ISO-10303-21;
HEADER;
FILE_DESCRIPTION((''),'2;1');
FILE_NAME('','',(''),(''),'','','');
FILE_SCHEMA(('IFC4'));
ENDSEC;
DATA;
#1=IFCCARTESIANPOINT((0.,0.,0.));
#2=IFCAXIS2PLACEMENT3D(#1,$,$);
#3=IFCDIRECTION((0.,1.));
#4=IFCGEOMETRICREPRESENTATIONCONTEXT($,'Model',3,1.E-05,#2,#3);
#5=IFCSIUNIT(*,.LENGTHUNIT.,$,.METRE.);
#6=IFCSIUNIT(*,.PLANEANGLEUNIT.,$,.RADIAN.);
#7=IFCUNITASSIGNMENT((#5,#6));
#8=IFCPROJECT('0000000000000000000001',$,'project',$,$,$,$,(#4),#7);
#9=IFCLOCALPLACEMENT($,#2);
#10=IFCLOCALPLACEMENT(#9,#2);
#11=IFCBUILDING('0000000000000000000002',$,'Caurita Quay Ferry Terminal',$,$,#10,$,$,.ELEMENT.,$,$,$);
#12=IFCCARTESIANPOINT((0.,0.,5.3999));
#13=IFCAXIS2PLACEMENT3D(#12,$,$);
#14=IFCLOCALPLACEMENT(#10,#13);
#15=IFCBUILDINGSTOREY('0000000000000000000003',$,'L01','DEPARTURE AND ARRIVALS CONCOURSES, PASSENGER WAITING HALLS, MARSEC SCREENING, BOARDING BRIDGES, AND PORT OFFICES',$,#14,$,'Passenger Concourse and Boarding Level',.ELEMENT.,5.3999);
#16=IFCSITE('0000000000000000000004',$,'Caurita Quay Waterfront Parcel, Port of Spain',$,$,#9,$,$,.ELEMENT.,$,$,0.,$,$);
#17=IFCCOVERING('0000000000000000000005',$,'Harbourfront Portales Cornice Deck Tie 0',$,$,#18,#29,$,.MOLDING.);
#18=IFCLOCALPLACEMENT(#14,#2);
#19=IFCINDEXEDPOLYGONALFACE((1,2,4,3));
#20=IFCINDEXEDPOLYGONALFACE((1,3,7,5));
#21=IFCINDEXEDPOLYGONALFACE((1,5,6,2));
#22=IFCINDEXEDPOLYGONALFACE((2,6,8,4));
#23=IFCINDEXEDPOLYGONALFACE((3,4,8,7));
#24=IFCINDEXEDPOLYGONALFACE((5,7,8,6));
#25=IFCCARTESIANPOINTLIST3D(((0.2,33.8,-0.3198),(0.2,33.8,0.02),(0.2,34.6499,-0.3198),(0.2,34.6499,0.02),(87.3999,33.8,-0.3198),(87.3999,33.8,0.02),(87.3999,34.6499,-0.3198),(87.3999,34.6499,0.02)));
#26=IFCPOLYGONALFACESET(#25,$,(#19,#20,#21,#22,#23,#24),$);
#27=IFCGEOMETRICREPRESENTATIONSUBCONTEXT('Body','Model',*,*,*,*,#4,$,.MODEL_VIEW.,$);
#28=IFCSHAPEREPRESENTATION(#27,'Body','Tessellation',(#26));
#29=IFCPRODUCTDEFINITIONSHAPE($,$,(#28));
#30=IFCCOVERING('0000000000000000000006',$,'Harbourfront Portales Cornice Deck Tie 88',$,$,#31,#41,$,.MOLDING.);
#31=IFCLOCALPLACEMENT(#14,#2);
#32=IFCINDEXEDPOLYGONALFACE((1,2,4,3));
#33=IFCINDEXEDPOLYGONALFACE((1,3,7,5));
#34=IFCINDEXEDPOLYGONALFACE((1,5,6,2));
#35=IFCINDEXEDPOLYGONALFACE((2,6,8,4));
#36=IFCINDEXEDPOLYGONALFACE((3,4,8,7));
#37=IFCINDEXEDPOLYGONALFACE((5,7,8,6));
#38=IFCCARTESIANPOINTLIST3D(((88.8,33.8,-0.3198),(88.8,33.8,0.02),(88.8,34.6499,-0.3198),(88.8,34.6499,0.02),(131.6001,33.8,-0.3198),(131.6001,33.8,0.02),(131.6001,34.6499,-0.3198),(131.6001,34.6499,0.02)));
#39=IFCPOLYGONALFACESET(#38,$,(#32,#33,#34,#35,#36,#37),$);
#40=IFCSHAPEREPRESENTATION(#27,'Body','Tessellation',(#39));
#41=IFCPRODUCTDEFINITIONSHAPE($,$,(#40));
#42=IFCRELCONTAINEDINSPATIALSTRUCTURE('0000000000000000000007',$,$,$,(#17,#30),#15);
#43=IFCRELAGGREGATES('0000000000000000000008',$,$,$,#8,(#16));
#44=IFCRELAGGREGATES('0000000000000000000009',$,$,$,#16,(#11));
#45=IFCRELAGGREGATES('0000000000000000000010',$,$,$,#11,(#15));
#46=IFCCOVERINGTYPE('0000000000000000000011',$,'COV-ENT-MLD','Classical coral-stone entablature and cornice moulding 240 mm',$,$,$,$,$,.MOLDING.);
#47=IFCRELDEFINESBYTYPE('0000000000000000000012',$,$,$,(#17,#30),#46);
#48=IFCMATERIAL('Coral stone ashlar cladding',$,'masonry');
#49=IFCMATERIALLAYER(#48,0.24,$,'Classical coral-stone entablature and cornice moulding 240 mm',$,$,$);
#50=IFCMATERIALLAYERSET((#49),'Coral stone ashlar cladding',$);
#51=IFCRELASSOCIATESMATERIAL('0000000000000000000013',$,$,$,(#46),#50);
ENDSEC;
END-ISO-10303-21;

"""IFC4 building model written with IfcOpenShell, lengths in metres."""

from ifc_helpers import new_model, si_unit, direction, frame, origin, place, context, subcontext, project, spatial, polyline, outline, extrude, material, layer, layer_set, type_object, element, save


model = new_model("IFC4")

# Units and contexts
model_context = context("Model", 3, precision=1e-05, world=origin(), true_north=direction((0.0, 1.0)))
body_context = subcontext(model_context, "Body", "Model", "MODEL_VIEW")
ifc_project = project(units=[si_unit("LENGTHUNIT", "METRE"), si_unit("PLANEANGLEUNIT", "RADIAN")], contexts=[model_context])

# Site, building, storey
site_placement = place(None, origin())
site = spatial("IfcSite", under=ifc_project, at=site_placement, Name="Caurita Quay Waterfront Parcel, Port of Spain", CompositionType="ELEMENT", RefElevation=0.0)
building_placement = place(site_placement, origin())
building = spatial("IfcBuilding", under=site, at=building_placement, Name="Caurita Quay Ferry Terminal", CompositionType="ELEMENT")
storey_placement = place(building_placement, frame((0.0, 0.0, 5.3999)))
storey = spatial("IfcBuildingStorey", under=building, at=storey_placement, Name="L01", Description="DEPARTURE AND ARRIVALS CONCOURSES, PASSENGER WAITING HALLS, MARSEC SCREENING, BOARDING BRIDGES, AND PORT OFFICES", LongName="Passenger Concourse and Boarding Level", CompositionType="ELEMENT", Elevation=5.3999)

# Coverings
ifc_material_1 = material(Name="Coral stone ashlar cladding", Category="masonry")
ifc_layer_1 = layer(ifc_material_1, 0.24, Name="Classical coral-stone entablature and cornice moulding 240 mm")
ifc_layer_set_1 = layer_set([ifc_layer_1], Name="Coral stone ashlar cladding")
covering_type = type_object("IfcCoveringType", Name="COV-ENT-MLD", Description="Classical coral-stone entablature and cornice moulding 240 mm", PredefinedType="MOLDING", material=ifc_layer_set_1)
covering_1_placement = place(storey_placement, frame((0.0, 0.0, -0.3198)))
element("IfcCovering", 1, at=covering_1_placement, inside=storey, type_object=covering_type, Name="Harbourfront Portales Cornice Deck Tie 0", PredefinedType="MOLDING", context=body_context, shape_type="SweptSolid", body=[
    extrude(outline(polyline([(0.2, 33.8), (87.3999, 33.8), (87.3999, 34.6499), (0.2, 34.6499), (0.2, 33.8)])), origin(), (0.0, 0.0, 1.0), 0.3398),
])
covering_2_placement = place(storey_placement, frame((0.0, 0.0, -0.3198)))
element("IfcCovering", 2, at=covering_2_placement, inside=storey, type_object=covering_type, Name="Harbourfront Portales Cornice Deck Tie 88", PredefinedType="MOLDING", context=body_context, shape_type="SweptSolid", body=[
    extrude(outline(polyline([(88.8, 33.8), (131.6001, 33.8), (131.6001, 34.6499), (88.8, 34.6499), (88.8, 33.8)])), origin(), (0.0, 0.0, 1.0), 0.3398),
])

save(model, "model.ifc")
